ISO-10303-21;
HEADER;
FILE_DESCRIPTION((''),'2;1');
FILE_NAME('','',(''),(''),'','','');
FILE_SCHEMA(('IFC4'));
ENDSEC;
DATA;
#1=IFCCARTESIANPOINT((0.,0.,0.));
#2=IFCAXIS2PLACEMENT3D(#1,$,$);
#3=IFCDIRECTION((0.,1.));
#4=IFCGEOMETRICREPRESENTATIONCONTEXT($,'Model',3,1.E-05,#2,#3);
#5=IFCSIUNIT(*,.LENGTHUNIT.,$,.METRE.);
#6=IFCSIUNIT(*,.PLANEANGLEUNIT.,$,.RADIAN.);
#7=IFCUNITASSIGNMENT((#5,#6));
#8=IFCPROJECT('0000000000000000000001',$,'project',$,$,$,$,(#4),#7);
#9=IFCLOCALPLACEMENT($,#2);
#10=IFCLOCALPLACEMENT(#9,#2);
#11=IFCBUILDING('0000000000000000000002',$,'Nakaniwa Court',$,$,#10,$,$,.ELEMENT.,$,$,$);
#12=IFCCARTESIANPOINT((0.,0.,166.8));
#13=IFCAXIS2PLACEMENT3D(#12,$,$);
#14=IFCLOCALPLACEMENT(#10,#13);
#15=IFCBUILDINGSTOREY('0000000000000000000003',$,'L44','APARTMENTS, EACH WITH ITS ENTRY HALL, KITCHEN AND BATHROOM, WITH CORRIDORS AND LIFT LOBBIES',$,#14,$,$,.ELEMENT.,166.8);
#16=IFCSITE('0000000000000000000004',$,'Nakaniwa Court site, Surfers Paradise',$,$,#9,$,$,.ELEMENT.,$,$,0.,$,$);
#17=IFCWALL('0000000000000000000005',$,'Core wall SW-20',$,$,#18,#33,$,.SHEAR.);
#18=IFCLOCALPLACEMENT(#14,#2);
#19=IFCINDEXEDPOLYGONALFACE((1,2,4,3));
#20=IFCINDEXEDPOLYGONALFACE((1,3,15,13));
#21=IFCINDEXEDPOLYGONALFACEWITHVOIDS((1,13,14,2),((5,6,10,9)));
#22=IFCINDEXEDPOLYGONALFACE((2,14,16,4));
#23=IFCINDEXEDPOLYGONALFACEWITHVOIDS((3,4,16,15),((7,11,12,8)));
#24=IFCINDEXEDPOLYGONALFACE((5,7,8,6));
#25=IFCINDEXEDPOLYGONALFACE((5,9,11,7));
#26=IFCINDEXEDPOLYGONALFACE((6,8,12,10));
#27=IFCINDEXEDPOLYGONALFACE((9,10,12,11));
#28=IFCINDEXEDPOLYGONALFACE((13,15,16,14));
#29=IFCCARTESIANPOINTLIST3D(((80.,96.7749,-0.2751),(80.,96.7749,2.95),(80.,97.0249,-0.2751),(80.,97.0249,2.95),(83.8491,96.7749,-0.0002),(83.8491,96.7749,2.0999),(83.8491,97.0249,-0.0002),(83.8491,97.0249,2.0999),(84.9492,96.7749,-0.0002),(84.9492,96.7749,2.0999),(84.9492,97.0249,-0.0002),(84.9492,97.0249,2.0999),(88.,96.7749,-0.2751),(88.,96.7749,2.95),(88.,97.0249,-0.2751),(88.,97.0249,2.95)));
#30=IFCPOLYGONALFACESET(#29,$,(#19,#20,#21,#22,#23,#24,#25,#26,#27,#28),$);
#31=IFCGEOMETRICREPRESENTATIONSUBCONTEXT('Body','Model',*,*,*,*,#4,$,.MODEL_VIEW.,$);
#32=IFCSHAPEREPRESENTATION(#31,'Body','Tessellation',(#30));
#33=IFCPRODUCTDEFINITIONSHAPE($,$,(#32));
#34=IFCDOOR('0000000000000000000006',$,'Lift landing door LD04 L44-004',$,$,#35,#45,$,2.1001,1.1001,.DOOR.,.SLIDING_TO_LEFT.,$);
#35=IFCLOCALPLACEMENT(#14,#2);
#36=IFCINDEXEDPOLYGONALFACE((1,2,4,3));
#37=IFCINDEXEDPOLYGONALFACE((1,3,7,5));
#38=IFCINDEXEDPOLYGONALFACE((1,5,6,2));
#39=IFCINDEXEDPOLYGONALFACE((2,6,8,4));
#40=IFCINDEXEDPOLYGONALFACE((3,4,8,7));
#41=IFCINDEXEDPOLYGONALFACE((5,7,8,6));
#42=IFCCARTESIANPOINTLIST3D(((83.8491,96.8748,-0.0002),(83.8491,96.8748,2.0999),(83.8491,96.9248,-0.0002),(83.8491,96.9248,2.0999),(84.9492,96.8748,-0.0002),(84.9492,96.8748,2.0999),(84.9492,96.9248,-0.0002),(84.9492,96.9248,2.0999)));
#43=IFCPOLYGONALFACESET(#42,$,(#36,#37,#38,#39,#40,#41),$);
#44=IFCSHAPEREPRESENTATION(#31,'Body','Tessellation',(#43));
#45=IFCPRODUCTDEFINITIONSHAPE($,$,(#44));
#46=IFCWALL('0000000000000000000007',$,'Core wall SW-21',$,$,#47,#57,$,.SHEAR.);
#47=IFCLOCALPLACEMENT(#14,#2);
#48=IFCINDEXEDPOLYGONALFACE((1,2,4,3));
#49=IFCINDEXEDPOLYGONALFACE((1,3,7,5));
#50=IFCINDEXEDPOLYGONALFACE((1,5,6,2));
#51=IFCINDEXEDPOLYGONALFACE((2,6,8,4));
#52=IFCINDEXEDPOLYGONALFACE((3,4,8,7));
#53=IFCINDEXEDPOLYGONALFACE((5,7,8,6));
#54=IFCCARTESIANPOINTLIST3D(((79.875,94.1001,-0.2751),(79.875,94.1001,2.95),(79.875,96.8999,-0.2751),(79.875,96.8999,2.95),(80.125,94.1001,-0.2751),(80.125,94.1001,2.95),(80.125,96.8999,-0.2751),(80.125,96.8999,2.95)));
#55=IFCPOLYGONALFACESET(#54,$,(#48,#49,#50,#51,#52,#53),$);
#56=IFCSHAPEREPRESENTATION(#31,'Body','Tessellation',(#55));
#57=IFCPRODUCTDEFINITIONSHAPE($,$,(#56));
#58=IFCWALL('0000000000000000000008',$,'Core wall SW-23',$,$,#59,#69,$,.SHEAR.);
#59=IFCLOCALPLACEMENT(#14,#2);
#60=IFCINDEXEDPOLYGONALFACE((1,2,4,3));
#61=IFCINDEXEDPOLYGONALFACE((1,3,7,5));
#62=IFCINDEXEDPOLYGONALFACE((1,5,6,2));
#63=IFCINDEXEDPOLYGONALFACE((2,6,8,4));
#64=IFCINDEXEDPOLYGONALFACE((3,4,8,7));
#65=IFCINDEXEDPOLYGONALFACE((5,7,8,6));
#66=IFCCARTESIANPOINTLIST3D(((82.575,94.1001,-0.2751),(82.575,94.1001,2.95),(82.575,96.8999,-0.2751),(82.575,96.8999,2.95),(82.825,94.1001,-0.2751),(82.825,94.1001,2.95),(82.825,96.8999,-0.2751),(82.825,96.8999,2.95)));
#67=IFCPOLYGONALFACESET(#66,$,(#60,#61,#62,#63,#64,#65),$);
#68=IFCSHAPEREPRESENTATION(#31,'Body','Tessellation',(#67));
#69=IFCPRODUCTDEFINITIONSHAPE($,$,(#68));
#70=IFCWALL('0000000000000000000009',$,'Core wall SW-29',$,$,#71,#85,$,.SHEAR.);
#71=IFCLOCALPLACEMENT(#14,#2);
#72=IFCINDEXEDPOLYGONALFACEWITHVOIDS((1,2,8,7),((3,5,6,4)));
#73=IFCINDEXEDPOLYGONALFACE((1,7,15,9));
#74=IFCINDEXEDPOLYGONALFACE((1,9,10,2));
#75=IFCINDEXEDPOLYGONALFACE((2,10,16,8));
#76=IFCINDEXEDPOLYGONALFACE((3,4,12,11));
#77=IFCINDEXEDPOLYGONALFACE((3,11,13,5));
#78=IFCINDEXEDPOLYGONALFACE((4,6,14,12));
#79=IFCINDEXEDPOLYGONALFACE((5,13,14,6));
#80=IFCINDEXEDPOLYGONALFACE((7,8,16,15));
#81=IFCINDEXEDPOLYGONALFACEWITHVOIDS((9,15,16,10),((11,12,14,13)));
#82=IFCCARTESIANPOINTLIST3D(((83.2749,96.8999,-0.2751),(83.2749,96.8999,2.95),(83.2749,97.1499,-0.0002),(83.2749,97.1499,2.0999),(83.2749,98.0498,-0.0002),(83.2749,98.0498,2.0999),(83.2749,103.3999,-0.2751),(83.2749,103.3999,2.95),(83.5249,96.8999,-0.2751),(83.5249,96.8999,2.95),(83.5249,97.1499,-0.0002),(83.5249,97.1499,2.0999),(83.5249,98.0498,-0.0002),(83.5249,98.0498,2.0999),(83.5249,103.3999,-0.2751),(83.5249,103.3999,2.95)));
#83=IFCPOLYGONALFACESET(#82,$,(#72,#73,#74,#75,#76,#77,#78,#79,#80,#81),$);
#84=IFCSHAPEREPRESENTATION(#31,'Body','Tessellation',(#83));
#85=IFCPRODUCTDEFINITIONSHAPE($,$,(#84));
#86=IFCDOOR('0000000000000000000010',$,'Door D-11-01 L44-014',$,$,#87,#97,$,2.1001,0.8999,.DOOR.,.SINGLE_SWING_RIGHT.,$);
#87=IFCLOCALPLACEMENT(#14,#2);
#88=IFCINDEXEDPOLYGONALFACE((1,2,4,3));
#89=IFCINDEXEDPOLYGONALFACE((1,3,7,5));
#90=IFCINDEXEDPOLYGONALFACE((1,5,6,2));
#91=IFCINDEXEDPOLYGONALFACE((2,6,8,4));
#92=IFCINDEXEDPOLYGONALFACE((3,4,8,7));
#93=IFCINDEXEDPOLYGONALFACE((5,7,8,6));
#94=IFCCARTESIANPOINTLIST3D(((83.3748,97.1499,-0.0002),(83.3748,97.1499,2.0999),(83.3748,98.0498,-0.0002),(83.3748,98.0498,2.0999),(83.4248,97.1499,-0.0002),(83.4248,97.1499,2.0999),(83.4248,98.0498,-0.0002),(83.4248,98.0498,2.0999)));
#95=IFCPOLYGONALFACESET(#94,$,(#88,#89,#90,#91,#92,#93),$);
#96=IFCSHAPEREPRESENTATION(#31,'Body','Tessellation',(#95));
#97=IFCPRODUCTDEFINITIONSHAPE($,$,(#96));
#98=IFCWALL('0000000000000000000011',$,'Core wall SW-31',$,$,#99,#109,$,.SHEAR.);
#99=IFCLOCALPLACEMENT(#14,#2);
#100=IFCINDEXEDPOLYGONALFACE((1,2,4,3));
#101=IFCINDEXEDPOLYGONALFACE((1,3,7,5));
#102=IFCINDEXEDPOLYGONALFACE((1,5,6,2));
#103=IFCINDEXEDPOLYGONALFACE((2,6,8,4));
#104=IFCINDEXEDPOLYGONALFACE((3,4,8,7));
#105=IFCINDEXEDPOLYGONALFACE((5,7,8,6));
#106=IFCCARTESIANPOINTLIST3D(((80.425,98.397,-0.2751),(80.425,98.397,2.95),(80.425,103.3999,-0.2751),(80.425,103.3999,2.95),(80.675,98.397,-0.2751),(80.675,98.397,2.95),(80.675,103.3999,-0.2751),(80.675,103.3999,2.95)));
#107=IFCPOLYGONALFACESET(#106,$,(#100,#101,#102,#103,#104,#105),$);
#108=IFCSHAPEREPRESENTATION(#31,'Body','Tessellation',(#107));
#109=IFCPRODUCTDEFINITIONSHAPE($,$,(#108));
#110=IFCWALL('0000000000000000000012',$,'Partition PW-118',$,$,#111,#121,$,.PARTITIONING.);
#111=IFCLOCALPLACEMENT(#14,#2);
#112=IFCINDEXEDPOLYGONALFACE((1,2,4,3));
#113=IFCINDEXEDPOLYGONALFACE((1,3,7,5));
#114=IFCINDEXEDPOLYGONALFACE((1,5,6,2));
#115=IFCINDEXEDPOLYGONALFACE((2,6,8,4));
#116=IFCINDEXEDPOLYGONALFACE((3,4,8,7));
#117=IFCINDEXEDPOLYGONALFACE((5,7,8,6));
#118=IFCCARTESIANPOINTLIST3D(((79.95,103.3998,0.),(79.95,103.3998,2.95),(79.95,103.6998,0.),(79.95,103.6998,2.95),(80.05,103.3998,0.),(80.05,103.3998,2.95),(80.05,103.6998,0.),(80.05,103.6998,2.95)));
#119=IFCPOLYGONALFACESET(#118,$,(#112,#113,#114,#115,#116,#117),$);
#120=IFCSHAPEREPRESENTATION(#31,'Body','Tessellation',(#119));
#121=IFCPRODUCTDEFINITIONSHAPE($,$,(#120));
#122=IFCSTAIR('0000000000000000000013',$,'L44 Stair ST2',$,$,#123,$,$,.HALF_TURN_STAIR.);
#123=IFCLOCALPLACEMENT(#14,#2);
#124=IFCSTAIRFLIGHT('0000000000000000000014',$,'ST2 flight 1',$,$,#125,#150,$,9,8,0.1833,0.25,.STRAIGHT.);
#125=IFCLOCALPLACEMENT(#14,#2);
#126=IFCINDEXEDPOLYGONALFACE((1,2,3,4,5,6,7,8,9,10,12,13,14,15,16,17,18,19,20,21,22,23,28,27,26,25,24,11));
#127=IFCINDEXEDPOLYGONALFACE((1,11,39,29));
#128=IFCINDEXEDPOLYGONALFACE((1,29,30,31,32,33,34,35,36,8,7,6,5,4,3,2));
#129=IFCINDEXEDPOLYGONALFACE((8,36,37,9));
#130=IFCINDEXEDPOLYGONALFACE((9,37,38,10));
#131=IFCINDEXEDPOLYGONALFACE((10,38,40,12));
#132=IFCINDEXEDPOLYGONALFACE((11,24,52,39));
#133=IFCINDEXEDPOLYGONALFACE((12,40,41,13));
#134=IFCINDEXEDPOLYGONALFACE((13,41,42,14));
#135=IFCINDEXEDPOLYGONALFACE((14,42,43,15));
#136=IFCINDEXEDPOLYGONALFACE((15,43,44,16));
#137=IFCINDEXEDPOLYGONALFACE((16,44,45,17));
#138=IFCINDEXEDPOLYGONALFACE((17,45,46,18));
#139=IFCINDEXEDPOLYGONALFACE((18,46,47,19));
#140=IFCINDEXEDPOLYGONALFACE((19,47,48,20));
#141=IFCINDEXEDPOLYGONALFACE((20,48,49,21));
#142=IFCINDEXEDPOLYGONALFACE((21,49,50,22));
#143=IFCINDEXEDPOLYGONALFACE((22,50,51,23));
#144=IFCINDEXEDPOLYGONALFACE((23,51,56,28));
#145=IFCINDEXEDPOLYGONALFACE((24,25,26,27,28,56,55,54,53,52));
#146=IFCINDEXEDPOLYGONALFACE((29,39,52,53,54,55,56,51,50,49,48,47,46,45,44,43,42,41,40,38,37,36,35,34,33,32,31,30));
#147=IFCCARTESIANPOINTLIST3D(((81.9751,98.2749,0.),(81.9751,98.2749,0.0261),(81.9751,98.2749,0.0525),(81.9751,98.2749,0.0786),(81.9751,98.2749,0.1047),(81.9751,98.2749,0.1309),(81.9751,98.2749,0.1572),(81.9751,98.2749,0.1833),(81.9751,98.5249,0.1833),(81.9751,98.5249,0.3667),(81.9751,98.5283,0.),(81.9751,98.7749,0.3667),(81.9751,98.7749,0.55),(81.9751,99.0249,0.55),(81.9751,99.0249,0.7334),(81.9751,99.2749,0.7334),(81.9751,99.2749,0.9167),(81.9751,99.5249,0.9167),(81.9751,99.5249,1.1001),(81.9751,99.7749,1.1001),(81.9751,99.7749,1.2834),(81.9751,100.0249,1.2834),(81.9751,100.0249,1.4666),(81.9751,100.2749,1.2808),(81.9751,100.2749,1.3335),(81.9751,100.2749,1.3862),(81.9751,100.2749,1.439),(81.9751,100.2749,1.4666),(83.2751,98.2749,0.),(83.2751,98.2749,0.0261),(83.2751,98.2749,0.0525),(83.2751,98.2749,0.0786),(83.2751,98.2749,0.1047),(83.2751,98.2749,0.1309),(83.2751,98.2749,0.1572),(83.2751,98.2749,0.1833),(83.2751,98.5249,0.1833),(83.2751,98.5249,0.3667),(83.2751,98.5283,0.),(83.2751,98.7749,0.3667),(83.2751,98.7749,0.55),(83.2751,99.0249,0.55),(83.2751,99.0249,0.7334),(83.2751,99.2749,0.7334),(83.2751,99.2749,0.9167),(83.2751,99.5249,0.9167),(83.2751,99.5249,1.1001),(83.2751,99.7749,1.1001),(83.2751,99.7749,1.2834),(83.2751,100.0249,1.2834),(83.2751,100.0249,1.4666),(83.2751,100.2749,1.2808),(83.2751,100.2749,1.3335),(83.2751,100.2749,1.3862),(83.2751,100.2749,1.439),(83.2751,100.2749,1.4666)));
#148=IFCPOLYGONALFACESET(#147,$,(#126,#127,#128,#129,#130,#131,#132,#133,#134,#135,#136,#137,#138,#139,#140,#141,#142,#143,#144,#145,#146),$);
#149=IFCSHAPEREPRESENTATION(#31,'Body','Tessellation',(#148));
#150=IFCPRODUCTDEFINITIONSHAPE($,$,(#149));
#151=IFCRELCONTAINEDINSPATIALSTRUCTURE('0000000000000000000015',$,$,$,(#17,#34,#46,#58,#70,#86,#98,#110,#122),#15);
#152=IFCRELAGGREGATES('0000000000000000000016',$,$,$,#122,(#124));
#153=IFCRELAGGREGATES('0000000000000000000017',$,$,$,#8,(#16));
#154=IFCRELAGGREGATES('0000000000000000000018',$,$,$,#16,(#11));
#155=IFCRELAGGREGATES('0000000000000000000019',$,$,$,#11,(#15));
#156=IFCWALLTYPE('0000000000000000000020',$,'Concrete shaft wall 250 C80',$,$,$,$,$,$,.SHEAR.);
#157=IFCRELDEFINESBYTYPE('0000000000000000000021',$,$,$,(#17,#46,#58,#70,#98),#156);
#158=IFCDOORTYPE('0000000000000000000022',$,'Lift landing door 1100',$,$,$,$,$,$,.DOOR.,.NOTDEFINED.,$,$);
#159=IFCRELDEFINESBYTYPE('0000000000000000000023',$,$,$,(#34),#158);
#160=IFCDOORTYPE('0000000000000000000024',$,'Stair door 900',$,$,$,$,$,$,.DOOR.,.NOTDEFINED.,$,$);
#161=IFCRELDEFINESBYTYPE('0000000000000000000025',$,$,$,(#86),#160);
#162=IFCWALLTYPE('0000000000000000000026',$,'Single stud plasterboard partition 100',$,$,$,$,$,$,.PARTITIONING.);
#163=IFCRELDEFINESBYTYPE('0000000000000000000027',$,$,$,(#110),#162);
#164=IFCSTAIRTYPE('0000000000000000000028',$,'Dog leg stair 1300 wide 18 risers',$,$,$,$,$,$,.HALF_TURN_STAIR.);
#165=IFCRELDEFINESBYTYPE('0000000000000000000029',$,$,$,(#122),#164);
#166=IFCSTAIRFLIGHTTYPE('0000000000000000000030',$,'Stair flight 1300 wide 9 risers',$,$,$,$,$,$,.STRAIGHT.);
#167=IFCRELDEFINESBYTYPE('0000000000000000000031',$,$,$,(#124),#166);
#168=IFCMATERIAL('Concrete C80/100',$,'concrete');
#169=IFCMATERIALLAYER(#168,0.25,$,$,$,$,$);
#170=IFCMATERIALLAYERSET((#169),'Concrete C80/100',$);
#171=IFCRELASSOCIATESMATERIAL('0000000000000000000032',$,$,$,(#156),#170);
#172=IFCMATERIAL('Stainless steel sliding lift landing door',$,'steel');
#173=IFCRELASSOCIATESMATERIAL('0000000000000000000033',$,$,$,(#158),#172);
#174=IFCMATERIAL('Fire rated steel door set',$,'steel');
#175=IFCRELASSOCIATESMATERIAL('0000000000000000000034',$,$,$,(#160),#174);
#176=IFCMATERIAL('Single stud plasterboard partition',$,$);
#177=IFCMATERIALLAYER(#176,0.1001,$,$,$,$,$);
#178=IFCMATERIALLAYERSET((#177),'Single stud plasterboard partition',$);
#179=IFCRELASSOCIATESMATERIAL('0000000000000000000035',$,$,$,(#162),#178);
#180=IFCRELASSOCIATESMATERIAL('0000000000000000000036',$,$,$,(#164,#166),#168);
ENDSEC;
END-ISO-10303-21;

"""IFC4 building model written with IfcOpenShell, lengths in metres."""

from ifc_helpers import new_model, si_unit, direction, frame, frame_2d, origin, place, context, subcontext, project, spatial, polyline, rectangle, outline, extrude, material, layer, layer_set, type_object, element, fill, aggregate, save


model = new_model("IFC4")

# Units and contexts
model_context = context("Model", 3, precision=1e-05, world=origin(), true_north=direction((0.0, 1.0)))
body_context = subcontext(model_context, "Body", "Model", "MODEL_VIEW")
ifc_project = project(units=[si_unit("LENGTHUNIT", "METRE"), si_unit("PLANEANGLEUNIT", "RADIAN")], contexts=[model_context])

# Site, building, storey
site_placement = place(None, origin())
site = spatial("IfcSite", under=ifc_project, at=site_placement, Name="Nakaniwa Court site, Surfers Paradise", CompositionType="ELEMENT", RefElevation=0.0)
building_placement = place(site_placement, origin())
building = spatial("IfcBuilding", under=site, at=building_placement, Name="Nakaniwa Court", CompositionType="ELEMENT")
storey_placement = place(building_placement, frame((0.0, 0.0, 166.8)))
storey = spatial("IfcBuildingStorey", under=building, at=storey_placement, Name="L44", Description="APARTMENTS, EACH WITH ITS ENTRY HALL, KITCHEN AND BATHROOM, WITH CORRIDORS AND LIFT LOBBIES", CompositionType="ELEMENT", Elevation=166.8)

# Shared definitions
ifc_material_1 = material(Name="Concrete C80/100", Category="concrete")

# Shared definitions
ifc_material_2 = material(Name="Fire rated steel door set", Category="steel")

# Shared definitions
ifc_layer_1 = layer(ifc_material_1, 0.25)
ifc_layer_set_1 = layer_set([ifc_layer_1], Name="Concrete C80/100")
wall_type_1 = type_object("IfcWallType", Name="Concrete shaft wall 250 C80", PredefinedType="SHEAR", material=ifc_layer_set_1)

# Wall, opening, door
wall_1_placement = place(storey_placement, frame((80.0, 96.8999, -0.2751), z_axis=(0.0, 0.0, 1.0), x_axis=(1.0, 0.0, 0.0)))
wall_1 = element("IfcWall", 1, at=wall_1_placement, inside=storey, type_object=wall_type_1, Name="Core wall SW-20", PredefinedType="SHEAR", context=body_context, shape_type="SweptSolid", body=[
    extrude(rectangle(XDim=8.0, YDim=0.25, at=frame_2d((4.0, 0.0))), origin(), (0.0, 0.0, 1.0), 3.2251),
])
opening_1_placement = place(wall_1_placement, frame((3.8491, 0.0, 0.2749)))
opening_1 = element("IfcOpeningElement", 2, at=opening_1_placement, cuts=wall_1, PredefinedType="OPENING", context=body_context, shape_type="SweptSolid", body=[
    extrude(rectangle(XDim=1.1001, YDim=2.1001, at=frame_2d((0.55, 1.05))), frame((0.0, 0.135, 0.0), z_axis=(0.0, -1.0, 0.0), x_axis=(1.0, 0.0, 0.0)), (0.0, 0.0, 1.0), 0.27),
])
ifc_material_3 = material(Name="Stainless steel sliding lift landing door", Category="steel")
door_type_1 = type_object("IfcDoorType", Name="Lift landing door 1100", OperationType="NOTDEFINED", PredefinedType="DOOR", material=ifc_material_3)
door_1_placement = place(opening_1_placement, origin())
door_1 = element("IfcDoor", 3, at=door_1_placement, inside=storey, type_object=door_type_1, Name="Lift landing door LD04 L44-004", OperationType="SLIDING_TO_LEFT", OverallHeight=2.1001, OverallWidth=1.1001, PredefinedType="DOOR", context=body_context, shape_type="SweptSolid", body=[
    extrude(rectangle(XDim=1.1001, YDim=2.1001, at=frame_2d((0.55, 1.05))), frame((0.0, 0.0249, 0.0), z_axis=(0.0, -1.0, 0.0), x_axis=(1.0, 0.0, 0.0)), (0.0, 0.0, 1.0), 0.05),
])
fill(opening_1, door_1)

# Walls
for number, where, z_axis, x_axis, name in (
    (4, (80.0, 94.1001, -0.2751), (0.0, 0.0, 1.0), (0.0, 1.0, 0.0), "Core wall SW-21"),
    (5, (82.7, 94.1001, -0.2751), (0.0, 0.0, 1.0), (0.0, 1.0, 0.0), "Core wall SW-23"),
):
    element("IfcWall", number, at=place(storey_placement, frame(where, z_axis=z_axis, x_axis=x_axis)), inside=storey, type_object=wall_type_1, Name=name, PredefinedType="SHEAR", context=body_context, shape_type="SweptSolid", body=[
        extrude(rectangle(XDim=2.7998, YDim=0.25, at=frame_2d((1.3999, 0.0))), origin(), (0.0, 0.0, 1.0), 3.2251),
    ])

# Wall, opening, door
wall_2_placement = place(storey_placement, frame((83.3999, 103.3999, -0.2751), z_axis=(0.0, 0.0, 1.0), x_axis=(0.0, -1.0, 0.0)))
wall_2 = element("IfcWall", 6, at=wall_2_placement, inside=storey, type_object=wall_type_1, Name="Core wall SW-29", PredefinedType="SHEAR", context=body_context, shape_type="SweptSolid", body=[
    extrude(rectangle(XDim=6.5, YDim=0.25, at=frame_2d((3.25, 0.0))), origin(), (0.0, 0.0, 1.0), 3.2251),
])
opening_2_placement = place(wall_2_placement, frame((5.3501, 0.0, 0.2749)))
opening_2 = element("IfcOpeningElement", 7, at=opening_2_placement, cuts=wall_2, PredefinedType="OPENING", context=body_context, shape_type="SweptSolid", body=[
    extrude(rectangle(XDim=0.8999, YDim=2.1001, at=frame_2d((0.45, 1.05))), frame((0.0, 0.135, 0.0), z_axis=(0.0, -1.0, 0.0), x_axis=(1.0, 0.0, 0.0)), (0.0, 0.0, 1.0), 0.27),
])
door_type_2 = type_object("IfcDoorType", Name="Stair door 900", OperationType="NOTDEFINED", PredefinedType="DOOR", material=ifc_material_2)
door_2_placement = place(opening_2_placement, origin())
door_2 = element("IfcDoor", 8, at=door_2_placement, inside=storey, type_object=door_type_2, Name="Door D-11-01 L44-014", OperationType="SINGLE_SWING_RIGHT", OverallHeight=2.1001, OverallWidth=0.8999, PredefinedType="DOOR", context=body_context, shape_type="SweptSolid", body=[
    extrude(rectangle(XDim=0.8999, YDim=2.1001, at=frame_2d((0.45, 1.05))), frame((0.0, 0.0249, 0.0), z_axis=(0.0, -1.0, 0.0), x_axis=(1.0, 0.0, 0.0)), (0.0, 0.0, 1.0), 0.05),
])
fill(opening_2, door_2)

# Walls
wall_3_placement = place(storey_placement, frame((80.55, 98.397, -0.2751), z_axis=(0.0, 0.0, 1.0), x_axis=(0.0, 1.0, 0.0)))
element("IfcWall", 9, at=wall_3_placement, inside=storey, type_object=wall_type_1, Name="Core wall SW-31", PredefinedType="SHEAR", context=body_context, shape_type="SweptSolid", body=[
    extrude(rectangle(XDim=5.0029, YDim=0.25, at=frame_2d((2.5015, 0.0))), origin(), (0.0, 0.0, 1.0), 3.2251),
])
ifc_material_4 = material(Name="Single stud plasterboard partition")
ifc_layer_2 = layer(ifc_material_4, 0.1001)
ifc_layer_set_2 = layer_set([ifc_layer_2], Name="Single stud plasterboard partition")
wall_type_2 = type_object("IfcWallType", Name="Single stud plasterboard partition 100", PredefinedType="PARTITIONING", material=ifc_layer_set_2)
wall_4_placement = place(storey_placement, frame((80.0, 103.3999, 0.0), z_axis=(0.0, 0.0, 1.0), x_axis=(0.0, 1.0, 0.0)))
element("IfcWall", 10, at=wall_4_placement, inside=storey, type_object=wall_type_2, Name="Partition PW-118", PredefinedType="PARTITIONING", context=body_context, shape_type="SweptSolid", body=[
    extrude(rectangle(XDim=0.3, YDim=0.1001, at=frame_2d((0.1499, 0.0))), origin(), (0.0, 0.0, 1.0), 2.95),
])

# Stair, stair flight
stair_type = type_object("IfcStairType", Name="Dog leg stair 1300 wide 18 risers", PredefinedType="HALF_TURN_STAIR", material=ifc_material_1)
stair_placement = place(storey_placement, origin())
stair = element("IfcStair", 11, at=stair_placement, inside=storey, type_object=stair_type, Name="L44 Stair ST2", PredefinedType="HALF_TURN_STAIR")
stair_flight_type = type_object("IfcStairFlightType", Name="Stair flight 1300 wide 9 risers", PredefinedType="STRAIGHT", material=ifc_material_1)
stair_flight_1_placement = place(storey_placement, frame((82.625, 98.2749, 0.0), z_axis=(0.0, 0.0, 1.0), x_axis=(0.0, 1.0, 0.0)))
stair_flight_1 = element("IfcStairFlight", 12, at=stair_flight_1_placement, type_object=stair_flight_type, Name="ST2 flight 1", NumberOfRisers=9, NumberOfTreads=8, PredefinedType="STRAIGHT", RiserHeight=0.1833, TreadLength=0.25, context=body_context, shape_type="SweptSolid", body=[
    extrude(outline(polyline([(0.0, 0.0), (0.0, 0.0261), (0.0, 0.0525), (0.0, 0.0786), (0.0, 0.1047), (0.0, 0.1309), (0.0, 0.1572), (0.0, 0.1833), (0.25, 0.1833), (0.25, 0.3667), (0.5, 0.3667), (0.5, 0.55), (0.75, 0.55), (0.75, 0.7334), (1.0, 0.7334), (1.0, 0.9167), (1.25, 0.9167), (1.25, 1.1001), (1.5, 1.1001), (1.5, 1.2834), (1.75, 1.2834), (1.75, 1.4666), (2.0, 1.4666), (2.0, 1.6499), (2.0, 1.5972), (2.0, 1.5444), (2.0, 1.4917), (2.0, 1.439), (2.0, 1.3862), (2.0, 1.3335), (2.0, 1.2808), (0.2534, 0.0), (0.0, 0.0)])), frame((0.0, 0.6499, 0.0), z_axis=(0.0, -1.0, 0.0), x_axis=(1.0, 0.0, 0.0)), (0.0, 0.0, 1.0), 1.3),
])
aggregate(stair, [stair_flight_1])

save(model, "model.ifc")
